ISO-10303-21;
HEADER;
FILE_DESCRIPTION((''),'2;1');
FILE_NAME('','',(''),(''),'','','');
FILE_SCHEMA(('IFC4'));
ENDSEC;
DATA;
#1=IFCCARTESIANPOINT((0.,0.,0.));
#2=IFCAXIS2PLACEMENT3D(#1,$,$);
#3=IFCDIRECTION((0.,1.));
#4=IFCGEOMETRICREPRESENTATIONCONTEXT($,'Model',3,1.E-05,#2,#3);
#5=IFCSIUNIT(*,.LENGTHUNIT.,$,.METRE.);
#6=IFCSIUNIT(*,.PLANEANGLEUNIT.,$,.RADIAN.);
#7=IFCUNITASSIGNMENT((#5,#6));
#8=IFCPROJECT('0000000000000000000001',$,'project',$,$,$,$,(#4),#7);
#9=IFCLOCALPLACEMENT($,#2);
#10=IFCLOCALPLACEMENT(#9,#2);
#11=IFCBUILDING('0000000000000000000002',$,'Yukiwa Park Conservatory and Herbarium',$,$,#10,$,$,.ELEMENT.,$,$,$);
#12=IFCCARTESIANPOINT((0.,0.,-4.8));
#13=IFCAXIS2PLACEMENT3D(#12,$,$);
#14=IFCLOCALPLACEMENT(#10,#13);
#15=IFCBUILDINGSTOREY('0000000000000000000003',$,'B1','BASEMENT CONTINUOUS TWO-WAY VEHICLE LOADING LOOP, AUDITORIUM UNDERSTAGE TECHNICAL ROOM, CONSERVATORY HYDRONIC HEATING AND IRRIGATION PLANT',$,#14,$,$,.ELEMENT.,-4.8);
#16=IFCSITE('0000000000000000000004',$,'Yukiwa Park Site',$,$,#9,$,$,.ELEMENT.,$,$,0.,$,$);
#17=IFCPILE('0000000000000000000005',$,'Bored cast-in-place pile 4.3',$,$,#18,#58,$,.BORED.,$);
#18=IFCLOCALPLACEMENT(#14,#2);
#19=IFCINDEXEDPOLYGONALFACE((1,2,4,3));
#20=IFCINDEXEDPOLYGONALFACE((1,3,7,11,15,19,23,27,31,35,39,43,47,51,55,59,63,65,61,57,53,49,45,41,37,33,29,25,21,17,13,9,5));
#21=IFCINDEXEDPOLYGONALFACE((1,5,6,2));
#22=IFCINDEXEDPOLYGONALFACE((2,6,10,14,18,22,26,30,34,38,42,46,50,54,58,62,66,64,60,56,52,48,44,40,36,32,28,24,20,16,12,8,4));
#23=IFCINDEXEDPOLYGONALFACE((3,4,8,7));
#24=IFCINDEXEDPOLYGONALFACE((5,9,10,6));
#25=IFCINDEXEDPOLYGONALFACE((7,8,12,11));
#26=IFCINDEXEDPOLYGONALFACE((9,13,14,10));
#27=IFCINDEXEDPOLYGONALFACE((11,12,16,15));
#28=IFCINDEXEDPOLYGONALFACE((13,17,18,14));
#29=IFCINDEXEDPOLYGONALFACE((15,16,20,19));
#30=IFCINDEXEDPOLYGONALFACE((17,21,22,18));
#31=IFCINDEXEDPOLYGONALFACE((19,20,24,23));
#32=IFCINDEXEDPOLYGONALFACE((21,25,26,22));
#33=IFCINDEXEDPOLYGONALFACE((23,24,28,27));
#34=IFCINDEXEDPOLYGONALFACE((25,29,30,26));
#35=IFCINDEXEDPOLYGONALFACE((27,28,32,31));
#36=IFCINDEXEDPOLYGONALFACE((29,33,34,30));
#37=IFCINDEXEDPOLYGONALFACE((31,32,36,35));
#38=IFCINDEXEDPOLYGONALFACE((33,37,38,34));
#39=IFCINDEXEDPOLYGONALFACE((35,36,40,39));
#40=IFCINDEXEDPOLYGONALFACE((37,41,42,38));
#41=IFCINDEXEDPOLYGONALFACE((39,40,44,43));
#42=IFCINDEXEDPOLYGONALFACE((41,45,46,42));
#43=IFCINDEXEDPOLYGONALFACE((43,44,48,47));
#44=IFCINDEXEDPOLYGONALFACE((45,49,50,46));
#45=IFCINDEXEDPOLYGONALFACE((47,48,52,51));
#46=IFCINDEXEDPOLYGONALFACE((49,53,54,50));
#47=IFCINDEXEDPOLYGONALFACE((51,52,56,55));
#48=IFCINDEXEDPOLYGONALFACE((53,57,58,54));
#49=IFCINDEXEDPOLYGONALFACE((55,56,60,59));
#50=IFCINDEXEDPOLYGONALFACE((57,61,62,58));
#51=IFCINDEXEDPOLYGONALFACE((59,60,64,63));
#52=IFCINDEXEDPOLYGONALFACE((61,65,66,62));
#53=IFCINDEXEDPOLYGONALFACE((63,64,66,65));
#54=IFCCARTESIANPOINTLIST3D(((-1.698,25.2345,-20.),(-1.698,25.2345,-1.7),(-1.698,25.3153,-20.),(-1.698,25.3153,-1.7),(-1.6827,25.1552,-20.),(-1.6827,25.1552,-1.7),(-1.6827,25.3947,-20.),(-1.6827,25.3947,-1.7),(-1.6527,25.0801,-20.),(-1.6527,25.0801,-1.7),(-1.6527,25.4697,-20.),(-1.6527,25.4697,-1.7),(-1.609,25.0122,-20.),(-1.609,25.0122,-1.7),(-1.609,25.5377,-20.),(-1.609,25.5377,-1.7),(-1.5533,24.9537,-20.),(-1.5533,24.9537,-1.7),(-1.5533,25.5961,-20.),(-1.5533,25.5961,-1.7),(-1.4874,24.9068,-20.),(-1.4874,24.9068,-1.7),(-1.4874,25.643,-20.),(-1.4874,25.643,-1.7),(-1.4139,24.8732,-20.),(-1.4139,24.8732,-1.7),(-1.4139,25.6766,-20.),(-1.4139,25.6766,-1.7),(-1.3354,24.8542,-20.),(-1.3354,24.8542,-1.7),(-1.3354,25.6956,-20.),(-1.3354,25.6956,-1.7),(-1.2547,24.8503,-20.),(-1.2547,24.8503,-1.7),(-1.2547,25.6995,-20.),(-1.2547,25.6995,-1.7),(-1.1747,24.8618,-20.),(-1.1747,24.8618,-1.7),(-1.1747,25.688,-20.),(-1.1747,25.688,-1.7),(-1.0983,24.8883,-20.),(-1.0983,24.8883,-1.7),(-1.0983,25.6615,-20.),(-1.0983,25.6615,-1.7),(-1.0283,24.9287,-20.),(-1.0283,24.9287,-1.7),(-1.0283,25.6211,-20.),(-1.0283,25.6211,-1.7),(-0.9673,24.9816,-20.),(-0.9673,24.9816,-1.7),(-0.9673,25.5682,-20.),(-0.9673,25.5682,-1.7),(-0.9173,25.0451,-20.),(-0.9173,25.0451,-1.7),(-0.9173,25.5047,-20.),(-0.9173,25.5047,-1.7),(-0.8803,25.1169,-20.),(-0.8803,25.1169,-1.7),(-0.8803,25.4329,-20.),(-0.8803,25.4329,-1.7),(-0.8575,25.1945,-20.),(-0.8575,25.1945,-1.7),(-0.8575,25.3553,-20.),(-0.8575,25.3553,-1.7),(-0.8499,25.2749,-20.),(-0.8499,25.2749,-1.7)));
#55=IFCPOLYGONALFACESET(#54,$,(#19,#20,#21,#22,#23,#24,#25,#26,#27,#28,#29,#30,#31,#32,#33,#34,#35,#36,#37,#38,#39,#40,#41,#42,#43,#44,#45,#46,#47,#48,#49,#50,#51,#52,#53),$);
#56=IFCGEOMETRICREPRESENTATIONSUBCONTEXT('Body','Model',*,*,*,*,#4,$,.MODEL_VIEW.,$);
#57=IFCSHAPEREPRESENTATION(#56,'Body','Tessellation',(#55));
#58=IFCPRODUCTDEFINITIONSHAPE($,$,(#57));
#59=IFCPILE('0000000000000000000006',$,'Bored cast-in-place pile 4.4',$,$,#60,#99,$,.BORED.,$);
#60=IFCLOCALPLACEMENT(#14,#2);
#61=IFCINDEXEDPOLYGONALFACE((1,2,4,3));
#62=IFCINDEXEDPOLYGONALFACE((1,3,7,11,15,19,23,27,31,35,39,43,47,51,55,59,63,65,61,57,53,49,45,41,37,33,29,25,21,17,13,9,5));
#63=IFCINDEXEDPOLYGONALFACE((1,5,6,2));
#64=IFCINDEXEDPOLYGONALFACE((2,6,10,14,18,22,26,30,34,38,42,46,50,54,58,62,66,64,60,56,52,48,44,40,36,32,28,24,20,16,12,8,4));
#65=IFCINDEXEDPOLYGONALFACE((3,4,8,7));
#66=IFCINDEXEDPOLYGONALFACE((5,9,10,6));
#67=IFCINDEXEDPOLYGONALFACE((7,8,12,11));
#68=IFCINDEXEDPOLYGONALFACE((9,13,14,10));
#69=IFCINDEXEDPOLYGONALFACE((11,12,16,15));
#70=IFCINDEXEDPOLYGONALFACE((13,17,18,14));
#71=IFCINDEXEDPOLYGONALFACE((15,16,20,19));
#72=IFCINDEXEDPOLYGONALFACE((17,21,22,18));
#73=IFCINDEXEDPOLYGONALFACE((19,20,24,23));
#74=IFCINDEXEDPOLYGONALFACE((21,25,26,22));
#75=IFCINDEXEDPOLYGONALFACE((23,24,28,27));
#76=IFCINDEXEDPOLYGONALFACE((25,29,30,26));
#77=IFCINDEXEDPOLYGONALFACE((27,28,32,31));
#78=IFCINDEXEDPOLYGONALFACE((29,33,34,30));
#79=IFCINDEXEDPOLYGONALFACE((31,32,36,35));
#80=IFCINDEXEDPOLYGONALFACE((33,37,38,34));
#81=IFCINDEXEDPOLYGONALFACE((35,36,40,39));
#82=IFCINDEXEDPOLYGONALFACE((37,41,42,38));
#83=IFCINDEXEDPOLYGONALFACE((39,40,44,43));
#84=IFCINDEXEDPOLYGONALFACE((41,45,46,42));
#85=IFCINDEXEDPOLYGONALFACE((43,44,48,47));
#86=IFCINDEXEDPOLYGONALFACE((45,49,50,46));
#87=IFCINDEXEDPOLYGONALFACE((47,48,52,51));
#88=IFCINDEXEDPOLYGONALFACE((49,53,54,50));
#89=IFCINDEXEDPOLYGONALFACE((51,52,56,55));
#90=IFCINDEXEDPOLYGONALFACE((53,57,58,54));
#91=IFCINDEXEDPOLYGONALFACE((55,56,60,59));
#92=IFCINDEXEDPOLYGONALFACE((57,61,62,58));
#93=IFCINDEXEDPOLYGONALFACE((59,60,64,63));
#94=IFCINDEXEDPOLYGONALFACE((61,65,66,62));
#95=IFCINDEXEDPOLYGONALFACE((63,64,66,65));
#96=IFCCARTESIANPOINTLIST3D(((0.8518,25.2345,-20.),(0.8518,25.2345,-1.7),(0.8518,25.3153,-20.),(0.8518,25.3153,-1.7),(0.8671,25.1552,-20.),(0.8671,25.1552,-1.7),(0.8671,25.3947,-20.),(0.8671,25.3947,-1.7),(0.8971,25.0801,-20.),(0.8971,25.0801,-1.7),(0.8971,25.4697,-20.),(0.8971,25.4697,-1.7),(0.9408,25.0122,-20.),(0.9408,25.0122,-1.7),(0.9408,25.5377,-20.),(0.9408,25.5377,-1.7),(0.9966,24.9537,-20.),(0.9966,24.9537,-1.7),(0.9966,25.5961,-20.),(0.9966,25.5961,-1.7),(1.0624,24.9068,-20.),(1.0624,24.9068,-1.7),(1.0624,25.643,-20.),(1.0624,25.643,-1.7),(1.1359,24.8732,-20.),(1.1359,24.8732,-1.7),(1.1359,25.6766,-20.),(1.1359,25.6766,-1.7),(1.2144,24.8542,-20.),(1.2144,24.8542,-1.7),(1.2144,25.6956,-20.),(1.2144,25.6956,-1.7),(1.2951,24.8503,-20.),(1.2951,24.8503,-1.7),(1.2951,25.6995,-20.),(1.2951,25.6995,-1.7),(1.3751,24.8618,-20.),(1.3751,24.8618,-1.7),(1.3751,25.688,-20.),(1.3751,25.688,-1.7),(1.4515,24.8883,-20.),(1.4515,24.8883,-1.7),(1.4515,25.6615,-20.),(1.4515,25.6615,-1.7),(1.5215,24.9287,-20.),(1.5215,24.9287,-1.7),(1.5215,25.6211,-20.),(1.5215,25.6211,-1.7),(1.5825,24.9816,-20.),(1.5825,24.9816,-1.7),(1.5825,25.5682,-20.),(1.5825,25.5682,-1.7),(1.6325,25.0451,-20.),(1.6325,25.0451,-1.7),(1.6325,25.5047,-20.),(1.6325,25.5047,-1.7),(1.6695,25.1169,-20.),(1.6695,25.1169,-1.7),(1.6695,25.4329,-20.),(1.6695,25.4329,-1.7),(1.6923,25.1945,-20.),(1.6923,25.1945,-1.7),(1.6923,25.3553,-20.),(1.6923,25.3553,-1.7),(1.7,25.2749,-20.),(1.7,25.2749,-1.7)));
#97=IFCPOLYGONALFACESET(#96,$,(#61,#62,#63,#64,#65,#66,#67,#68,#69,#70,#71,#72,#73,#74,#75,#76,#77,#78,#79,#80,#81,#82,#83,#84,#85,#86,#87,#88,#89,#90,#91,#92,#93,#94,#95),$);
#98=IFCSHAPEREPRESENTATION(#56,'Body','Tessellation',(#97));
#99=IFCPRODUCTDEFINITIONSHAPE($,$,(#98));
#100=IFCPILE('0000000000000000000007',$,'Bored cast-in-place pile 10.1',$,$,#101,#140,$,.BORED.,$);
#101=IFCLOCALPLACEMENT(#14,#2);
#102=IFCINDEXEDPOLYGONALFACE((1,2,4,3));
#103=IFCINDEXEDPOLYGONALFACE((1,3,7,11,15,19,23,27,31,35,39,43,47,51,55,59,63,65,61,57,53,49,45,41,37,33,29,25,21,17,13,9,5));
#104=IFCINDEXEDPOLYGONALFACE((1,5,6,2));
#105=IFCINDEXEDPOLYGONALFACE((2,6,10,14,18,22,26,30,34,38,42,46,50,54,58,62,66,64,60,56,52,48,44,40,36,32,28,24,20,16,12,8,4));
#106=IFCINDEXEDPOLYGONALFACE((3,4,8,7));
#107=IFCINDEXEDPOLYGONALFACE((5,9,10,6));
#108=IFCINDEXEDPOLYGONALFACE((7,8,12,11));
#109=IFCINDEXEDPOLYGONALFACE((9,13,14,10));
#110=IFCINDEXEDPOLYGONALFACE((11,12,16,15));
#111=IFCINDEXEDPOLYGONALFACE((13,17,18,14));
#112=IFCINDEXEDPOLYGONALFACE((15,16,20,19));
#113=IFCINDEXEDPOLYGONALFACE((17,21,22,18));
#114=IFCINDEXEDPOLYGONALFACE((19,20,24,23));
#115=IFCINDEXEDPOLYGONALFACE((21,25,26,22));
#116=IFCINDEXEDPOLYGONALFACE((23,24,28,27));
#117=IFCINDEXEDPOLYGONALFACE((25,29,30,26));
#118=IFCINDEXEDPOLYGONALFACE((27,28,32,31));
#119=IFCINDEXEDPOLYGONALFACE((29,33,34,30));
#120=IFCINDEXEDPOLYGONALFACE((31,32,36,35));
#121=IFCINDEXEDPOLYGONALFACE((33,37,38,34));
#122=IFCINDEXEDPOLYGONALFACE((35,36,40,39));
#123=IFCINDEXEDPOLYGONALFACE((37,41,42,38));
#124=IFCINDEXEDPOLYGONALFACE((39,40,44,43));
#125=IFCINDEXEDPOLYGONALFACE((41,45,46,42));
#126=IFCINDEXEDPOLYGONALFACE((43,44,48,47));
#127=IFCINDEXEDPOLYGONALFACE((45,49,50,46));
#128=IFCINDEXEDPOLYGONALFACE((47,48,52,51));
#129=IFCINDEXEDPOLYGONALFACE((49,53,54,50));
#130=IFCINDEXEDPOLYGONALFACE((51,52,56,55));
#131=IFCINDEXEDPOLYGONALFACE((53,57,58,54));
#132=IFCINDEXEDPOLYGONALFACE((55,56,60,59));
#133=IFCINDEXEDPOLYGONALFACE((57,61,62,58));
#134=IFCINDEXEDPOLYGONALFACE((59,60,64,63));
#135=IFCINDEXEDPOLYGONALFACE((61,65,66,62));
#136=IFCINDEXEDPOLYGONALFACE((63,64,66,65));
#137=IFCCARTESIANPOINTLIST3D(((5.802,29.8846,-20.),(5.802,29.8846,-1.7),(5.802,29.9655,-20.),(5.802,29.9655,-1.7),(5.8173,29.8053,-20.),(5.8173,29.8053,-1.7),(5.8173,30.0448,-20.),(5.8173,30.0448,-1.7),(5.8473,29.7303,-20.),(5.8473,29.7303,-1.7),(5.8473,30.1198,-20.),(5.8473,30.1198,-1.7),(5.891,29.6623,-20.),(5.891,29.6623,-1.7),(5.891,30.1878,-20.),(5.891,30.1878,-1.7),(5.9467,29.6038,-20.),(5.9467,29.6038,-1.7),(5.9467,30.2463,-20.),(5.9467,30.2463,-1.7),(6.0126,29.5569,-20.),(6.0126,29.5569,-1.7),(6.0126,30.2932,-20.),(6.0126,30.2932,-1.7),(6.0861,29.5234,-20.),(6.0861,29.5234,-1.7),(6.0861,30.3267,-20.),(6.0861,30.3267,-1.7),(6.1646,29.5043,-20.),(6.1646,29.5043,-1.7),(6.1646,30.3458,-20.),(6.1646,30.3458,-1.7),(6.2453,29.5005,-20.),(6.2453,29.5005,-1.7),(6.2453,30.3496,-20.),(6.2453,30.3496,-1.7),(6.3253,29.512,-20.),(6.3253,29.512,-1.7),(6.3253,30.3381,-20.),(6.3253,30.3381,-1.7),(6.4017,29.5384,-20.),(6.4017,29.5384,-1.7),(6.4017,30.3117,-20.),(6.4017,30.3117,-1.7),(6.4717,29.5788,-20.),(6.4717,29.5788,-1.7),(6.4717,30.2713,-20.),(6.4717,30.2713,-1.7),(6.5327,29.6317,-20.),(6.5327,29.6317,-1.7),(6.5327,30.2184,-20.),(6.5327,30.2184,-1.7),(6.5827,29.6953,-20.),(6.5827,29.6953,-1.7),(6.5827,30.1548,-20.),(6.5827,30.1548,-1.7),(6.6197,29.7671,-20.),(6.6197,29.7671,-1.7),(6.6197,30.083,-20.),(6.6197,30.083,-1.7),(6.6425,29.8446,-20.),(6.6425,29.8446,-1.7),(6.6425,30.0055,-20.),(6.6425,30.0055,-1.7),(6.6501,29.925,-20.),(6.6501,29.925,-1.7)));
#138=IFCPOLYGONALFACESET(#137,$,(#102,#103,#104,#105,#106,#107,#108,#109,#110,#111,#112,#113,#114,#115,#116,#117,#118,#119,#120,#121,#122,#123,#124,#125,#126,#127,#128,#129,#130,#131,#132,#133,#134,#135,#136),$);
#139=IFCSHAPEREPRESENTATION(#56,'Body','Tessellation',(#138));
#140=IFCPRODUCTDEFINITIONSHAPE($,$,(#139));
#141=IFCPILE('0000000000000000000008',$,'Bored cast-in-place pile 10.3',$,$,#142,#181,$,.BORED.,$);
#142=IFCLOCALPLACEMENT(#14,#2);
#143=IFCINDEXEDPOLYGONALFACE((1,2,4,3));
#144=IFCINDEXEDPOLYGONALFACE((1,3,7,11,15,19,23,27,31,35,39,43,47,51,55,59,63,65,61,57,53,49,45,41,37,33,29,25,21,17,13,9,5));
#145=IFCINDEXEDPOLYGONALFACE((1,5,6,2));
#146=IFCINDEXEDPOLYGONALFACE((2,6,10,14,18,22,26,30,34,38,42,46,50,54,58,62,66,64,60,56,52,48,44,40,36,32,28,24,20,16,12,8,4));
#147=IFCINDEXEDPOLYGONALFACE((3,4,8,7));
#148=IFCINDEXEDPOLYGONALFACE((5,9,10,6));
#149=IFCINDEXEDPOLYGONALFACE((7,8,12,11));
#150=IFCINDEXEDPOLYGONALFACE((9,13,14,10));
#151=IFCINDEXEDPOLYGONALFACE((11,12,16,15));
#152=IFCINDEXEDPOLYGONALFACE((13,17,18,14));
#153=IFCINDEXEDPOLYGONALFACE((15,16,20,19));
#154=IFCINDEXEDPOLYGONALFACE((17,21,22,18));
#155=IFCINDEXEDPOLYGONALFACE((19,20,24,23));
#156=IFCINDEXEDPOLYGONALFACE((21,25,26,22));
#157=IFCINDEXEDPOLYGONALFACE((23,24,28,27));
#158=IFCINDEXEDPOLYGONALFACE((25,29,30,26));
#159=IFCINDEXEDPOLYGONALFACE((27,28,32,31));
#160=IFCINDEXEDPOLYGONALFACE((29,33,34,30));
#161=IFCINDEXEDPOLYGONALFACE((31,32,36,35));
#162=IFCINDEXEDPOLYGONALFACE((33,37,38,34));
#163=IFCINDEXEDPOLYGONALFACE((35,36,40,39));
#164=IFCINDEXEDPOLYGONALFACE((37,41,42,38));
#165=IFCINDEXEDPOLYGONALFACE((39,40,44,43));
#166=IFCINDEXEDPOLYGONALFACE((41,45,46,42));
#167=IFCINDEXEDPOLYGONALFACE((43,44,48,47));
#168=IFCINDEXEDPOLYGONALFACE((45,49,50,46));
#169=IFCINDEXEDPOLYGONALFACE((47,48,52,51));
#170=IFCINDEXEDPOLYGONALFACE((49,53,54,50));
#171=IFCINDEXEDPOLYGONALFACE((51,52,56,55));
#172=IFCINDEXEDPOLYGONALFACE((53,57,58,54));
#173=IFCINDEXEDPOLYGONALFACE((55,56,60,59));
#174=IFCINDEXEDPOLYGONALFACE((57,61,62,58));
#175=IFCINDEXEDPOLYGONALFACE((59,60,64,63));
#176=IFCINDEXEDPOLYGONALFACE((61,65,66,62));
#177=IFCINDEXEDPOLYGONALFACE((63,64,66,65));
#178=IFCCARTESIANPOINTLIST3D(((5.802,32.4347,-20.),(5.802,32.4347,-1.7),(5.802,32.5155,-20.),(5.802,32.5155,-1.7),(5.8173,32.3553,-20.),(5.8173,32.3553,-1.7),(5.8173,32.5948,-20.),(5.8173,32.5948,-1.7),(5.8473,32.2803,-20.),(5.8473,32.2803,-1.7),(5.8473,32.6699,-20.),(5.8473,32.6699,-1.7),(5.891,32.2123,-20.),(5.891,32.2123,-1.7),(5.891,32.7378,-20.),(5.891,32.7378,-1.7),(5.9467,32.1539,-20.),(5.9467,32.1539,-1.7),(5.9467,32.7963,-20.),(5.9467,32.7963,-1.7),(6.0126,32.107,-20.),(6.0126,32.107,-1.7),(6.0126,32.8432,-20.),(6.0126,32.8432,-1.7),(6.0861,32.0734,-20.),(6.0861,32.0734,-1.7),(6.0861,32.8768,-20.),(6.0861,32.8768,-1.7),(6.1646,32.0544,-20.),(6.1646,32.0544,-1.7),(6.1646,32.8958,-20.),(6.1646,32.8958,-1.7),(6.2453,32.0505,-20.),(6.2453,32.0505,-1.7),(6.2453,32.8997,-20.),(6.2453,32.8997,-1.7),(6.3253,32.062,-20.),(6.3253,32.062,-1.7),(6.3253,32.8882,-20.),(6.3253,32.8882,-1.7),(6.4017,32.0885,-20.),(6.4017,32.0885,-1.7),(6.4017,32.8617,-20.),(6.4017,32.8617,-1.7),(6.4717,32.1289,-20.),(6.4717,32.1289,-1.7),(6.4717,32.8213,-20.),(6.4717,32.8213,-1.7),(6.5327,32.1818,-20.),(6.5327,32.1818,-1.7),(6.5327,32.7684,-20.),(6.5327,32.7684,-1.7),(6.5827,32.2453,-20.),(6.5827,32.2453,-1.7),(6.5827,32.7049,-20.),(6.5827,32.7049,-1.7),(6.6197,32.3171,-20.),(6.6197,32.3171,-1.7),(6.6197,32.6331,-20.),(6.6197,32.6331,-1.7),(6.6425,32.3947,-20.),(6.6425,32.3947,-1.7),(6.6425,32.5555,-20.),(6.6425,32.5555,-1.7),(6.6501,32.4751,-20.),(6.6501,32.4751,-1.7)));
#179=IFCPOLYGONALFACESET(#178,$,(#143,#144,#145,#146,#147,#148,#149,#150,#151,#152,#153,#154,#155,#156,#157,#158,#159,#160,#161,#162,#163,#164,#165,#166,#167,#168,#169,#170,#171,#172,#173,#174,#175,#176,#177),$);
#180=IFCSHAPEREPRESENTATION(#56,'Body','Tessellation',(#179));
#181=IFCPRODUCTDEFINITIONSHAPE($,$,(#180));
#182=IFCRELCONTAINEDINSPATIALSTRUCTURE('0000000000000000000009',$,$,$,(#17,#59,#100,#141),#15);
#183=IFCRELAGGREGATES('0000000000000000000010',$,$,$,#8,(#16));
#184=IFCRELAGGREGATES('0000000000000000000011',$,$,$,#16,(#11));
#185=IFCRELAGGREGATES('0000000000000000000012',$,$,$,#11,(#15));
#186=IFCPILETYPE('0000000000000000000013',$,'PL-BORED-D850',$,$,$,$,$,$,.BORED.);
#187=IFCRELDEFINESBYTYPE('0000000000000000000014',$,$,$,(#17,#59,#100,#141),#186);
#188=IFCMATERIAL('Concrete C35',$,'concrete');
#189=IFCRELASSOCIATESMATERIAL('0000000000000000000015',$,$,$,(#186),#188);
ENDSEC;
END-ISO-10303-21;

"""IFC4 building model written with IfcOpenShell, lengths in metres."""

from ifc_helpers import new_model, si_unit, direction, frame, origin, origin_2d, place, context, subcontext, project, spatial, circle, extrude, material, material_profile, profile_set, type_object, element, save


model = new_model("IFC4")

# Units and contexts
model_context = context("Model", 3, precision=1e-05, world=origin(), true_north=direction((0.0, 1.0)))
body_context = subcontext(model_context, "Body", "Model", "MODEL_VIEW")
ifc_project = project(units=[si_unit("LENGTHUNIT", "METRE"), si_unit("PLANEANGLEUNIT", "RADIAN")], contexts=[model_context])

# Site, building, storey
site_placement = place(None, origin())
site = spatial("IfcSite", under=ifc_project, at=site_placement, Name="Yukiwa Park Site", CompositionType="ELEMENT", RefElevation=0.0)
building_placement = place(site_placement, origin())
building = spatial("IfcBuilding", under=site, at=building_placement, Name="Yukiwa Park Conservatory and Herbarium", CompositionType="ELEMENT")
storey_placement = place(building_placement, frame((0.0, 0.0, -4.8)))
storey = spatial("IfcBuildingStorey", under=building, at=storey_placement, Name="B1", Description="BASEMENT CONTINUOUS TWO-WAY VEHICLE LOADING LOOP, AUDITORIUM UNDERSTAGE TECHNICAL ROOM, CONSERVATORY HYDRONIC HEATING AND IRRIGATION PLANT", CompositionType="ELEMENT", Elevation=-4.8)

# Piles
ifc_material_1 = material(Name="Concrete C35", Category="concrete")
ifc_material_profile_1 = material_profile(ifc_material_1, circle(Radius=0.425, at=origin_2d()), Name="PILE D850")
ifc_profile_set_1 = profile_set([ifc_material_profile_1], Name="Concrete C35")
pile_type_1 = type_object("IfcPileType", Name="PL-BORED-D850", PredefinedType="BORED", material=ifc_profile_set_1)
for number, where, z_axis, x_axis, name in (
    (1, (-1.2749, 25.2749, -1.7), (0.0, 0.0, -1.0), (1.0, 0.0, 0.0), "Bored cast-in-place pile 4.3"),
    (2, (1.2749, 25.2749, -1.7), (0.0, 0.0, -1.0), (1.0, 0.0, 0.0), "Bored cast-in-place pile 4.4"),
    (3, (6.2251, 29.925, -1.7), (0.0, 0.0, -1.0), (1.0, 0.0, 0.0), "Bored cast-in-place pile 10.1"),
    (4, (6.2251, 32.4751, -1.7), (0.0, 0.0, -1.0), (1.0, 0.0, 0.0), "Bored cast-in-place pile 10.3"),
):
    element("IfcPile", number, at=place(storey_placement, frame(where, z_axis=z_axis, x_axis=x_axis)), inside=storey, type_object=pile_type_1, Name=name, PredefinedType="BORED", context=body_context, shape_type="SweptSolid", body=[
        extrude(circle(Radius=0.425, at=origin_2d()), origin(), (0.0, 0.0, 1.0), 18.3),
    ])

save(model, "model.ifc")
